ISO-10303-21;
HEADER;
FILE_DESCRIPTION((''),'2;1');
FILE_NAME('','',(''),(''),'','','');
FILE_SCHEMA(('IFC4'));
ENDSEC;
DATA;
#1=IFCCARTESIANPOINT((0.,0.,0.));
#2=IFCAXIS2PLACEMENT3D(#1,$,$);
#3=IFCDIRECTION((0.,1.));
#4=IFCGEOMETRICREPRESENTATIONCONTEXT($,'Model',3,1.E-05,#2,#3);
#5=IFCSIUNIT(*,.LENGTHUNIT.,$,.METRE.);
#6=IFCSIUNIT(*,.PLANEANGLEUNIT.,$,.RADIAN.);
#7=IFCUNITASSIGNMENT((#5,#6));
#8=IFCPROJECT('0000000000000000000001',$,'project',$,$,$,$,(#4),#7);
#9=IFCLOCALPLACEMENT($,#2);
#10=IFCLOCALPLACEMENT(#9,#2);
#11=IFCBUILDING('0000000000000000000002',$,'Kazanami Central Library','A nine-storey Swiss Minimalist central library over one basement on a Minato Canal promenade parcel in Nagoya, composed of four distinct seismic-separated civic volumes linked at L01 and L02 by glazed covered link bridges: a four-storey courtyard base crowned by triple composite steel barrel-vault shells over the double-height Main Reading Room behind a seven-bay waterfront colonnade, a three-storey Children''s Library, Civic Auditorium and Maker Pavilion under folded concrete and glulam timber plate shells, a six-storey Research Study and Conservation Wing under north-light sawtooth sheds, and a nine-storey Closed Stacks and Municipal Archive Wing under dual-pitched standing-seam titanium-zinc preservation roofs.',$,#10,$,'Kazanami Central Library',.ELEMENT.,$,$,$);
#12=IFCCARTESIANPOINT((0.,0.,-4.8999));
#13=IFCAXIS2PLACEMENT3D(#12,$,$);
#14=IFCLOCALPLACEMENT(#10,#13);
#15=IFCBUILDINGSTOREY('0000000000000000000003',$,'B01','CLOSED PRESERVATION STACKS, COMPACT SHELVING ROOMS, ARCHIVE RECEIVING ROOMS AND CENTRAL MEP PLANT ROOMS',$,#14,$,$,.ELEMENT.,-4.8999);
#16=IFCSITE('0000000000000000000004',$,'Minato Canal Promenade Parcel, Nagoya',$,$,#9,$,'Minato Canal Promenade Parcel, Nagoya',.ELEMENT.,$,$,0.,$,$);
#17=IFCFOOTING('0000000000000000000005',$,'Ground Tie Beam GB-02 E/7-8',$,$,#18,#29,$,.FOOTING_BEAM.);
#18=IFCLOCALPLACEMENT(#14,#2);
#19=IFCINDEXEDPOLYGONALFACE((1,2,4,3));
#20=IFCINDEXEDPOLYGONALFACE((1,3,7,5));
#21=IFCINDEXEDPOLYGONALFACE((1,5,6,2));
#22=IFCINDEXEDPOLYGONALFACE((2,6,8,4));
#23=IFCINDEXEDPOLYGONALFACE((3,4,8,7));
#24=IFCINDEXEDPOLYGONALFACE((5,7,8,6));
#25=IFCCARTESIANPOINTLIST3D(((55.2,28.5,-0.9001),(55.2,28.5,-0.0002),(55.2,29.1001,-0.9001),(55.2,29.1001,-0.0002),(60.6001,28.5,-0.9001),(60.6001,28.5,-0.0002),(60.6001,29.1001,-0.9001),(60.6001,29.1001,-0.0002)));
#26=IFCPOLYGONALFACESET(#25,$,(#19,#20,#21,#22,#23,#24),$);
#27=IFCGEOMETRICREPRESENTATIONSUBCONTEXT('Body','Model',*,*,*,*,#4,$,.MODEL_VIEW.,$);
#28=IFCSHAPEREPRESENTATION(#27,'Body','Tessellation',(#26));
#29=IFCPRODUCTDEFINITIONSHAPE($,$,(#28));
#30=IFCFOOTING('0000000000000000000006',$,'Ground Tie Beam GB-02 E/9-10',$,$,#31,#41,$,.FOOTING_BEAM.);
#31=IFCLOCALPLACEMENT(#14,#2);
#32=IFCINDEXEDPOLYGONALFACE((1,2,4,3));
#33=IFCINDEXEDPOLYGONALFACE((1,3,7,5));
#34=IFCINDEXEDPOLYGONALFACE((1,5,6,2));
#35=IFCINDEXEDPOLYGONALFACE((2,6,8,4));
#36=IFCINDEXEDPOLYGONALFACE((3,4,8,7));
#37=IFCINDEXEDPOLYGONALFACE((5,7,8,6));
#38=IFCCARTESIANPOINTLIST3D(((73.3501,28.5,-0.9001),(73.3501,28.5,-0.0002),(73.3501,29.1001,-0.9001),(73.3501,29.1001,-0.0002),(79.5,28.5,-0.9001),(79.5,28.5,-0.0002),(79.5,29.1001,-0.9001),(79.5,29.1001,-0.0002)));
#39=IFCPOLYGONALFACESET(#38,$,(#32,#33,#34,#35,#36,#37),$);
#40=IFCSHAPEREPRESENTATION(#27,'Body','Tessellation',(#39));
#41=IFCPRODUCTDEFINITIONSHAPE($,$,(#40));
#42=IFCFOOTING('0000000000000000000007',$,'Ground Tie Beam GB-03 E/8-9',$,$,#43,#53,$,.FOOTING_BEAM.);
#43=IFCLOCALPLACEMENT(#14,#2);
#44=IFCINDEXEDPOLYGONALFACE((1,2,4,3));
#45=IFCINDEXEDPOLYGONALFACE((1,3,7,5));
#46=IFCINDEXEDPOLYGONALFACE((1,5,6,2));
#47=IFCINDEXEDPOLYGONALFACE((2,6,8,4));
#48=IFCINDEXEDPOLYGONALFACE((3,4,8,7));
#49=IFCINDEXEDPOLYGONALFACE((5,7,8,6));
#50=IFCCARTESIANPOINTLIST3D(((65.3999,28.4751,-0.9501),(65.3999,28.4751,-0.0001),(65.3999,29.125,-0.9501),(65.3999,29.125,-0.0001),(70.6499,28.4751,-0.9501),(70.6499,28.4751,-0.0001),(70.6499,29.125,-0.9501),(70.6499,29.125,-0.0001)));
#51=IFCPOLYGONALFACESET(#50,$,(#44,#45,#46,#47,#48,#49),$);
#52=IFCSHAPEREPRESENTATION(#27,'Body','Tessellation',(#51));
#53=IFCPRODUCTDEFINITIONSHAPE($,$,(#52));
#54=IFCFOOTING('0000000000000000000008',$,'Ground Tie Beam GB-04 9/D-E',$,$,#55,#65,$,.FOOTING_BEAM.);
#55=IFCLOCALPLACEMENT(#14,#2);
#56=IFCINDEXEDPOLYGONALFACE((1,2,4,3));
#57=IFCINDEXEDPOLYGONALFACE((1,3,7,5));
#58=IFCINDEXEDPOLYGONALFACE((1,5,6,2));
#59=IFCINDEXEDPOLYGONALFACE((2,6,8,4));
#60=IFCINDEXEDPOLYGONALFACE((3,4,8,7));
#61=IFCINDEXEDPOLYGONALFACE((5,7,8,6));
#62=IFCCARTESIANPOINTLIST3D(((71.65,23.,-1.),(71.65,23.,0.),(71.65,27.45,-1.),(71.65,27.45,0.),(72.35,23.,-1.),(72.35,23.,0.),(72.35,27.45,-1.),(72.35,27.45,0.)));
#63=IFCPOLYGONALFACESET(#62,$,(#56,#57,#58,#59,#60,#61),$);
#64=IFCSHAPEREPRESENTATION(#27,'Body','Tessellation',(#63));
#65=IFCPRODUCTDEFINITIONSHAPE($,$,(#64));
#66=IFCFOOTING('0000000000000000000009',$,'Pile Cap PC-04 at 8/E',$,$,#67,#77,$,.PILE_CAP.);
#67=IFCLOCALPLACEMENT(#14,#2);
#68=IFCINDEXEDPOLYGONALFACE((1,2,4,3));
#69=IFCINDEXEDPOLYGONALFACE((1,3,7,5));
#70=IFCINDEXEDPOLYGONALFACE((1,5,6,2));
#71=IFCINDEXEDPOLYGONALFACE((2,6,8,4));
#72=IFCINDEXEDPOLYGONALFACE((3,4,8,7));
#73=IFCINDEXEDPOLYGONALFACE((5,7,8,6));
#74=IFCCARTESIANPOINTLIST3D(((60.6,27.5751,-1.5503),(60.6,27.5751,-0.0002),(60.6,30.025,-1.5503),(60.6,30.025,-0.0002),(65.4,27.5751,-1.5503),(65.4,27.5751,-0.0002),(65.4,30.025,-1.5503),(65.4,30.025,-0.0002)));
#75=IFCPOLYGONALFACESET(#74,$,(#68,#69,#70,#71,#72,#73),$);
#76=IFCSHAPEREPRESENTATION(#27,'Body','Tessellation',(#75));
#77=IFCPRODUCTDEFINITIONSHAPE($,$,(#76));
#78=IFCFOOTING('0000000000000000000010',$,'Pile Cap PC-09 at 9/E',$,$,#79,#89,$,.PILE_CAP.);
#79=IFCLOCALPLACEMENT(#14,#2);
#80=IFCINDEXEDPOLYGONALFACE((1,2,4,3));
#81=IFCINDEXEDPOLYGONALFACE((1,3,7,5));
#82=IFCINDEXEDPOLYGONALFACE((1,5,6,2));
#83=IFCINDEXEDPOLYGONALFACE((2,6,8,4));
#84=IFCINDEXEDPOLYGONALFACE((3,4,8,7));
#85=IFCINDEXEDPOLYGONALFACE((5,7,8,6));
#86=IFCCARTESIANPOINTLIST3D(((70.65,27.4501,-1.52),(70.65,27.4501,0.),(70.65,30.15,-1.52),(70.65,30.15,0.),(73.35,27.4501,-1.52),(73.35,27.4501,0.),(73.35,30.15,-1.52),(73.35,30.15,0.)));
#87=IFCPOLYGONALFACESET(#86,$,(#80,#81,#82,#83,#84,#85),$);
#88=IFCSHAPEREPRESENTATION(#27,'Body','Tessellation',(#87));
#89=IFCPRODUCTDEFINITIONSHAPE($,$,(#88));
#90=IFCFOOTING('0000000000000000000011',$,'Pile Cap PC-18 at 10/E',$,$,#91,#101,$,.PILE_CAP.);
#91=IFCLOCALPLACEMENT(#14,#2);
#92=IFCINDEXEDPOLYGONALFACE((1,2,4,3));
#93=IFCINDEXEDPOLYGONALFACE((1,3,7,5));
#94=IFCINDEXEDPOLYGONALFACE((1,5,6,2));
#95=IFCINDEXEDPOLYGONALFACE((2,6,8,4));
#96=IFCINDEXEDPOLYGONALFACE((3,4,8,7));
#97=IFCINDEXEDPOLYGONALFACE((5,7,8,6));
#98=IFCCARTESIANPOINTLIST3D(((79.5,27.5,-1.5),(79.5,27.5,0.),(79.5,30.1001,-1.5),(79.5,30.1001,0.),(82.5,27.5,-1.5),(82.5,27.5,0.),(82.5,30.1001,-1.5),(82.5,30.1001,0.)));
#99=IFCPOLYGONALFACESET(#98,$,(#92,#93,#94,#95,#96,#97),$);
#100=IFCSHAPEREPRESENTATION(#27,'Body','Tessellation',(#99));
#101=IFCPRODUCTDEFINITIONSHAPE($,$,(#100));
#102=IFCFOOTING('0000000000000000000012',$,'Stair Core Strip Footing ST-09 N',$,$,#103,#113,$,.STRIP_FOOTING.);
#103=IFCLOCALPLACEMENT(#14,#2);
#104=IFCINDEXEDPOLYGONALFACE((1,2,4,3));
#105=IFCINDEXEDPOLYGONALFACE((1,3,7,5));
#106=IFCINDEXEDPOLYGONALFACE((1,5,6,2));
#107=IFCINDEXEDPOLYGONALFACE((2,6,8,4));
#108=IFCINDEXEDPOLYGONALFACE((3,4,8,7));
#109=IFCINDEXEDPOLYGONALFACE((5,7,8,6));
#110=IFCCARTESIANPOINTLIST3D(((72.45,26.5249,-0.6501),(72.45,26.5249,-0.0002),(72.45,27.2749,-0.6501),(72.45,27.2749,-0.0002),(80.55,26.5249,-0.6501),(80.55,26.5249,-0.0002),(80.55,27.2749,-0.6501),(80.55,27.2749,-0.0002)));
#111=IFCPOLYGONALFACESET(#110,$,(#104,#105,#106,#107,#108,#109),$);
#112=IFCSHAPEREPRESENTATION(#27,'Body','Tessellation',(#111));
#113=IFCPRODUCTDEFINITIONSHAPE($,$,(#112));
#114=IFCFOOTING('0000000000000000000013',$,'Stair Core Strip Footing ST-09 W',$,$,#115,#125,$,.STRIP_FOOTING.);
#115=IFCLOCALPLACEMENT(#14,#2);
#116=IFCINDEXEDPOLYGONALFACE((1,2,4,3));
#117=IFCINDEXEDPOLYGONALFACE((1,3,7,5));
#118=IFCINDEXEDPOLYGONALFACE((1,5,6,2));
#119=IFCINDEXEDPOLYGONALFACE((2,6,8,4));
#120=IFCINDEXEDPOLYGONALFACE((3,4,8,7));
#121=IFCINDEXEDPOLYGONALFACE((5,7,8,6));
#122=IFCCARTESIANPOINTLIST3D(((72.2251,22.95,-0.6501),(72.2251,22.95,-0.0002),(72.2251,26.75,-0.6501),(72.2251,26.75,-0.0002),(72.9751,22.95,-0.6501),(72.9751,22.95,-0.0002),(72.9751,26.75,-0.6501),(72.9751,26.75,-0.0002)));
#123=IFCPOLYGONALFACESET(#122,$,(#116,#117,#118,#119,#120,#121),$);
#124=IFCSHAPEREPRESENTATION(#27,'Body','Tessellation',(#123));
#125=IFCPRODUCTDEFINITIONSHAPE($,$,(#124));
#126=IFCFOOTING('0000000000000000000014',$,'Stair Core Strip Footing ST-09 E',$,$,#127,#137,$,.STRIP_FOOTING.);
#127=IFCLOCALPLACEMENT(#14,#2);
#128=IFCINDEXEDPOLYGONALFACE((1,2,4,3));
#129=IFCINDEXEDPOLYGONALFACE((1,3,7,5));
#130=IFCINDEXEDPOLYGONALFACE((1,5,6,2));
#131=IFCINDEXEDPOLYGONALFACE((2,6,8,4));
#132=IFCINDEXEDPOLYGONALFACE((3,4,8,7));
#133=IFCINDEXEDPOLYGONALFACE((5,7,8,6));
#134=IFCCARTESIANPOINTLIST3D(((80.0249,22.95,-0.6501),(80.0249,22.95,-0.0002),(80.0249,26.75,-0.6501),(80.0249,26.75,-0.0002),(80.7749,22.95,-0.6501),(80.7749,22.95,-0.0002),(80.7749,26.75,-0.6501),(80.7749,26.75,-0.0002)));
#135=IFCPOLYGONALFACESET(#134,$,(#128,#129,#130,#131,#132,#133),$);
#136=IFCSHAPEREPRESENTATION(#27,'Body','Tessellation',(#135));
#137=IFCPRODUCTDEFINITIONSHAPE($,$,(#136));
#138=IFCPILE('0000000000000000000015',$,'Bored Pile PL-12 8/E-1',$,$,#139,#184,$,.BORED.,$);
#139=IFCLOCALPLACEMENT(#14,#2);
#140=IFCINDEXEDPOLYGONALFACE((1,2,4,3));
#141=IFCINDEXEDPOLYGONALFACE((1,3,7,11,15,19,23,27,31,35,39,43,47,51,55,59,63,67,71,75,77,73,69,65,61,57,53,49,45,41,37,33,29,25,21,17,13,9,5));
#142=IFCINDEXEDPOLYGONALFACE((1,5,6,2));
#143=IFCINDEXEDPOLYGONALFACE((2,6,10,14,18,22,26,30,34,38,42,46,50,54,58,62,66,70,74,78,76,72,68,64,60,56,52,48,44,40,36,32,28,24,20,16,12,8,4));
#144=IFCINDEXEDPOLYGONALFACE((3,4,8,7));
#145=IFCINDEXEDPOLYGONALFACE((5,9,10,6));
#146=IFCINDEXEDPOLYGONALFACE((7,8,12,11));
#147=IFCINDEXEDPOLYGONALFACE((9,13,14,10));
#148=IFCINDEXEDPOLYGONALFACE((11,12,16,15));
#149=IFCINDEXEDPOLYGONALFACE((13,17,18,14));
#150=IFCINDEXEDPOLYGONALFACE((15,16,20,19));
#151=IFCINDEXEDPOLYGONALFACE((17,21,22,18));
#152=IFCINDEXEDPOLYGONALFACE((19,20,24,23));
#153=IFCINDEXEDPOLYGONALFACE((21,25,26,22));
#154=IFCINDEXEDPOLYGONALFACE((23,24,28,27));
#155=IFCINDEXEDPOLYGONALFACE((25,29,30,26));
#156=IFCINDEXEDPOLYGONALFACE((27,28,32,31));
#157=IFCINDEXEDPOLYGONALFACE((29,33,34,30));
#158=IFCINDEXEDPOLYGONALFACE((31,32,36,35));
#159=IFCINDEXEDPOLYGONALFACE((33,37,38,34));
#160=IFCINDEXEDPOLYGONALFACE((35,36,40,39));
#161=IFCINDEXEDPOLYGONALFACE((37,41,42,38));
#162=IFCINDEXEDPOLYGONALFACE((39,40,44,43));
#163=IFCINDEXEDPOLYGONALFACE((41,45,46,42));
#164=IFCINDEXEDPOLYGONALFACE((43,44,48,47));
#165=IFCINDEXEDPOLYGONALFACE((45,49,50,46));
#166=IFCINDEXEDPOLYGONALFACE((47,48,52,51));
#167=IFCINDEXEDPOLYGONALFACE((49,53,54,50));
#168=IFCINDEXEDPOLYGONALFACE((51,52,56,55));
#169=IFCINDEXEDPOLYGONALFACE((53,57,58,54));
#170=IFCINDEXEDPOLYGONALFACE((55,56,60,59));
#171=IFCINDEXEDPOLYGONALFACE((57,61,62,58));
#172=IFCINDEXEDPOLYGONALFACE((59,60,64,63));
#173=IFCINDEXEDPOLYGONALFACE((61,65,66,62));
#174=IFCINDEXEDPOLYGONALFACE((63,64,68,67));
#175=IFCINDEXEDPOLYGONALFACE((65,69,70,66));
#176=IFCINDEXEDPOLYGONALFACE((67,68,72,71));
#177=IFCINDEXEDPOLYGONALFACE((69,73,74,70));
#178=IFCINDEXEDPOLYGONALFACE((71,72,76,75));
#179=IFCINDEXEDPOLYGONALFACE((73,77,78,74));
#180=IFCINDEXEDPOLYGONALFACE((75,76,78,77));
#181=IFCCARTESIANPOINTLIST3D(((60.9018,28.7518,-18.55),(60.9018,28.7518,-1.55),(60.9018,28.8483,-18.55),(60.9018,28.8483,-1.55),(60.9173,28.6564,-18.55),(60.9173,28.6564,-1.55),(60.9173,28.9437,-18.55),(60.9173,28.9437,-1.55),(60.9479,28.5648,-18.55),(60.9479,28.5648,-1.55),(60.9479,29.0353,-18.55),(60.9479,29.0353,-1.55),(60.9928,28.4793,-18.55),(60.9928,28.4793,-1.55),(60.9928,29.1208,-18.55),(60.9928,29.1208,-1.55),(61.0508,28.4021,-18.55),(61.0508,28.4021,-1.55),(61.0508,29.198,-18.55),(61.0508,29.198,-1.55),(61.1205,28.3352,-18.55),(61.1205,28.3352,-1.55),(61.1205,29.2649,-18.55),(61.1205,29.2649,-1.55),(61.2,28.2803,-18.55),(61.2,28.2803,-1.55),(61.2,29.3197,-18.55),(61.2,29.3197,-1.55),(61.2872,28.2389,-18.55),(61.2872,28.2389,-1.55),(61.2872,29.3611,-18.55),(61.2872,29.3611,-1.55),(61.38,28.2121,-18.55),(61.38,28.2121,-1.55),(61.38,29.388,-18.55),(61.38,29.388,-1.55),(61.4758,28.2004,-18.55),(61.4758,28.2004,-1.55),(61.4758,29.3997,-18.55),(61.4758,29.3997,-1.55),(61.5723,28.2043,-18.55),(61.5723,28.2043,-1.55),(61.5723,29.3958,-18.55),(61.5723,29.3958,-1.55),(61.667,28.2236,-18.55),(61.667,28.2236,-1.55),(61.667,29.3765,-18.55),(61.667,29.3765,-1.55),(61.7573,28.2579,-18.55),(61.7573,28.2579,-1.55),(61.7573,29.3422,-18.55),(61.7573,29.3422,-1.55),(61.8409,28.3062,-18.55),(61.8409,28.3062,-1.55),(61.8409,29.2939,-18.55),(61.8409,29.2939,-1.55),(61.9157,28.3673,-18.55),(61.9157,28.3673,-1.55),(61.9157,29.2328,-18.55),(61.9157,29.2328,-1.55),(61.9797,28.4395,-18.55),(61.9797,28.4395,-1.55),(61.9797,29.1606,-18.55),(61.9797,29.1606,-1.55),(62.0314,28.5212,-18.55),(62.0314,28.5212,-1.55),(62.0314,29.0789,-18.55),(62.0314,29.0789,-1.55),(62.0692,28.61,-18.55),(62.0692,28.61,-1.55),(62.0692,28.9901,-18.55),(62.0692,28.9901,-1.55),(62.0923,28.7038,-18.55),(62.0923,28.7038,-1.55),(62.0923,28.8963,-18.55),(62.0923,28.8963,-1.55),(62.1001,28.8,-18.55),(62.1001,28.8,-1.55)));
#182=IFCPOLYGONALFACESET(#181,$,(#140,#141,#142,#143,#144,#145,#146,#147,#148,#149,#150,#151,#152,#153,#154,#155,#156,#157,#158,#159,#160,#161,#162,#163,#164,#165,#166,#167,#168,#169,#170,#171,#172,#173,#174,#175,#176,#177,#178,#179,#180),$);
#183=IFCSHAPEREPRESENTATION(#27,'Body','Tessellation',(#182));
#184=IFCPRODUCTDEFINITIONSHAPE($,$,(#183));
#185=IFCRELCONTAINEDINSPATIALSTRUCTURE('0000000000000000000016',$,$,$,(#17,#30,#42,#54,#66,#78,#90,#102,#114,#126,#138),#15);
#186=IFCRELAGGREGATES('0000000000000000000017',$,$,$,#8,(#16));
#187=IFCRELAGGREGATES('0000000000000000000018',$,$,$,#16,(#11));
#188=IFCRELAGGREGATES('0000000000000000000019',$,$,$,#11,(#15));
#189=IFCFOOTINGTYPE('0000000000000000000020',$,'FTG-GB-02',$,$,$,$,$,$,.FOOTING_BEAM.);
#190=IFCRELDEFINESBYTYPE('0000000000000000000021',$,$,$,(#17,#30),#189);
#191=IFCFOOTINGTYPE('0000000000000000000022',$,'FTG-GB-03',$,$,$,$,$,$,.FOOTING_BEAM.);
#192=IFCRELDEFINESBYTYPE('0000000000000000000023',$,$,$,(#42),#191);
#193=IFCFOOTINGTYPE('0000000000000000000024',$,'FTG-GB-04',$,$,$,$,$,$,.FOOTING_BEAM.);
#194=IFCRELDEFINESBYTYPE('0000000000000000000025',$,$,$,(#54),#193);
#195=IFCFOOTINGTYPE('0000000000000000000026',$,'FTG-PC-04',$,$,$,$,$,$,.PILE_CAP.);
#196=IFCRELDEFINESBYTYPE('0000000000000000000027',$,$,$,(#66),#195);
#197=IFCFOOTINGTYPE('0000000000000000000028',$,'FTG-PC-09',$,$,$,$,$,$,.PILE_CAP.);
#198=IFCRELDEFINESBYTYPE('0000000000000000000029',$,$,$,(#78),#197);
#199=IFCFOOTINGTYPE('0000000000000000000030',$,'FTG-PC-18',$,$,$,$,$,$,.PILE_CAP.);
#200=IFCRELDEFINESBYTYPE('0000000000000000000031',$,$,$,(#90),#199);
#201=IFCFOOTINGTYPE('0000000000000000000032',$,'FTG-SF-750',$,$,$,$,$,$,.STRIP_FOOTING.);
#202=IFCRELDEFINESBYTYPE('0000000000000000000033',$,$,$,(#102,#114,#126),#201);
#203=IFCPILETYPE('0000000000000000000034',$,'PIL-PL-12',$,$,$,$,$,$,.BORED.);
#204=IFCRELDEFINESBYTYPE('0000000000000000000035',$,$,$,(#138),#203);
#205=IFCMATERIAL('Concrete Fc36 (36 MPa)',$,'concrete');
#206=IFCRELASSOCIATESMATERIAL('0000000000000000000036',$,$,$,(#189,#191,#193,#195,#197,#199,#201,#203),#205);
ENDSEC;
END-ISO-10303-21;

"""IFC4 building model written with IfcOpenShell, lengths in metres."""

from ifc_helpers import new_model, si_unit, direction, frame, origin, origin_2d, place, context, subcontext, project, spatial, rectangle, circle, extrude, material, material_profile, profile_set, type_object, element, save


model = new_model("IFC4")

# Units and contexts
model_context = context("Model", 3, precision=1e-05, world=origin(), true_north=direction((0.0, 1.0)))
body_context = subcontext(model_context, "Body", "Model", "MODEL_VIEW")
ifc_project = project(units=[si_unit("LENGTHUNIT", "METRE"), si_unit("PLANEANGLEUNIT", "RADIAN")], contexts=[model_context])

# Site, building, storey
site_placement = place(None, origin())
site = spatial("IfcSite", under=ifc_project, at=site_placement, Name="Minato Canal Promenade Parcel, Nagoya", LongName="Minato Canal Promenade Parcel, Nagoya", CompositionType="ELEMENT", RefElevation=0.0)
building_placement = place(site_placement, origin())
building = spatial("IfcBuilding", under=site, at=building_placement, Name="Kazanami Central Library", Description="A nine-storey Swiss Minimalist central library over one basement on a Minato Canal promenade parcel in Nagoya, composed of four distinct seismic-separated civic volumes linked at L01 and L02 by glazed covered link bridges: a four-storey courtyard base crowned by triple composite steel barrel-vault shells over the double-height Main Reading Room behind a seven-bay waterfront colonnade, a three-storey Children's Library, Civic Auditorium and Maker Pavilion under folded concrete and glulam timber plate shells, a six-storey Research Study and Conservation Wing under north-light sawtooth sheds, and a nine-storey Closed Stacks and Municipal Archive Wing under dual-pitched standing-seam titanium-zinc preservation roofs.", LongName="Kazanami Central Library", CompositionType="ELEMENT")
storey_placement = place(building_placement, frame((0.0, 0.0, -4.8999)))
storey = spatial("IfcBuildingStorey", under=building, at=storey_placement, Name="B01", Description="CLOSED PRESERVATION STACKS, COMPACT SHELVING ROOMS, ARCHIVE RECEIVING ROOMS AND CENTRAL MEP PLANT ROOMS", CompositionType="ELEMENT", Elevation=-4.8999)

# Footings
ifc_material_1 = material(Name="Concrete Fc36 (36 MPa)", Category="concrete")
ifc_material_profile_1 = material_profile(ifc_material_1, rectangle(XDim=0.6001, YDim=0.8999, at=origin_2d()), Name="RC-600x900")
ifc_profile_set_1 = profile_set([ifc_material_profile_1], Name="Concrete Fc36 (36 MPa)")
footing_type_1 = type_object("IfcFootingType", Name="FTG-GB-02", PredefinedType="FOOTING_BEAM", material=ifc_profile_set_1)
footing_1_placement = place(storey_placement, frame((55.2, 28.8, -0.4502), z_axis=(1.0, 0.0, 0.0), x_axis=(0.0, 1.0, 0.0)))
element("IfcFooting", 1, at=footing_1_placement, inside=storey, type_object=footing_type_1, Name="Ground Tie Beam GB-02 E/7-8", PredefinedType="FOOTING_BEAM", context=body_context, shape_type="SweptSolid", body=[
    extrude(rectangle(XDim=0.6001, YDim=0.8999, at=origin_2d()), origin(), (0.0, 0.0, 1.0), 5.4001),
])
footing_2_placement = place(storey_placement, frame((73.3501, 28.8, -0.4502), z_axis=(1.0, 0.0, 0.0), x_axis=(0.0, 1.0, 0.0)))
element("IfcFooting", 2, at=footing_2_placement, inside=storey, type_object=footing_type_1, Name="Ground Tie Beam GB-02 E/9-10", PredefinedType="FOOTING_BEAM", context=body_context, shape_type="SweptSolid", body=[
    extrude(rectangle(XDim=0.6001, YDim=0.8999, at=origin_2d()), origin(), (0.0, 0.0, 1.0), 6.1499),
])
ifc_material_profile_2 = material_profile(ifc_material_1, rectangle(XDim=0.6499, YDim=0.95, at=origin_2d()), Name="RC-650x950")
ifc_profile_set_2 = profile_set([ifc_material_profile_2], Name="Concrete Fc36 (36 MPa)")
footing_type_2 = type_object("IfcFootingType", Name="FTG-GB-03", PredefinedType="FOOTING_BEAM", material=ifc_profile_set_2)
footing_3_placement = place(storey_placement, frame((65.3999, 28.8, -0.4751), z_axis=(1.0, 0.0, 0.0), x_axis=(0.0, 1.0, 0.0)))
element("IfcFooting", 3, at=footing_3_placement, inside=storey, type_object=footing_type_2, Name="Ground Tie Beam GB-03 E/8-9", PredefinedType="FOOTING_BEAM", context=body_context, shape_type="SweptSolid", body=[
    extrude(rectangle(XDim=0.6499, YDim=0.95, at=origin_2d()), origin(), (0.0, 0.0, 1.0), 5.25),
])
ifc_material_profile_3 = material_profile(ifc_material_1, rectangle(XDim=0.7, YDim=1.0, at=origin_2d()), Name="RC-700x1000")
ifc_profile_set_3 = profile_set([ifc_material_profile_3], Name="Concrete Fc36 (36 MPa)")
footing_type_3 = type_object("IfcFootingType", Name="FTG-GB-04", PredefinedType="FOOTING_BEAM", material=ifc_profile_set_3)
footing_4_placement = place(storey_placement, frame((72.0, 23.0, -0.5), z_axis=(0.0, 1.0, 0.0), x_axis=(-1.0, 0.0, 0.0)))
element("IfcFooting", 4, at=footing_4_placement, inside=storey, type_object=footing_type_3, Name="Ground Tie Beam GB-04 9/D-E", PredefinedType="FOOTING_BEAM", context=body_context, shape_type="SweptSolid", body=[
    extrude(rectangle(XDim=0.7, YDim=1.0, at=origin_2d()), origin(), (0.0, 0.0, 1.0), 4.45),
])
footing_type_4 = type_object("IfcFootingType", Name="FTG-PC-04", PredefinedType="PILE_CAP", material=ifc_material_1)
footing_5_placement = place(storey_placement, frame((63.0, 28.8, -1.5503), z_axis=(0.0, 0.0, 1.0), x_axis=(1.0, 0.0, 0.0)))
element("IfcFooting", 5, at=footing_5_placement, inside=storey, type_object=footing_type_4, Name="Pile Cap PC-04 at 8/E", PredefinedType="PILE_CAP", context=body_context, shape_type="SweptSolid", body=[
    extrude(rectangle(XDim=4.8, YDim=2.45, at=origin_2d()), origin(), (0.0, 0.0, 1.0), 1.55),
])
footing_type_5 = type_object("IfcFootingType", Name="FTG-PC-09", PredefinedType="PILE_CAP", material=ifc_material_1)
footing_6_placement = place(storey_placement, frame((72.0, 28.8, -1.52), z_axis=(0.0, 0.0, 1.0), x_axis=(1.0, 0.0, 0.0)))
element("IfcFooting", 6, at=footing_6_placement, inside=storey, type_object=footing_type_5, Name="Pile Cap PC-09 at 9/E", PredefinedType="PILE_CAP", context=body_context, shape_type="SweptSolid", body=[
    extrude(rectangle(XDim=2.7, YDim=2.7, at=origin_2d()), origin(), (0.0, 0.0, 1.0), 1.52),
])
footing_type_6 = type_object("IfcFootingType", Name="FTG-PC-18", PredefinedType="PILE_CAP", material=ifc_material_1)
footing_7_placement = place(storey_placement, frame((81.0, 28.8, -1.5), z_axis=(0.0, 0.0, 1.0), x_axis=(1.0, 0.0, 0.0)))
element("IfcFooting", 7, at=footing_7_placement, inside=storey, type_object=footing_type_6, Name="Pile Cap PC-18 at 10/E", PredefinedType="PILE_CAP", context=body_context, shape_type="SweptSolid", body=[
    extrude(rectangle(XDim=3.0, YDim=2.6001, at=origin_2d()), origin(), (0.0, 0.0, 1.0), 1.5),
])
ifc_material_profile_4 = material_profile(ifc_material_1, rectangle(XDim=0.75, YDim=0.6499, at=origin_2d()), Name="RC-750x650")
ifc_profile_set_4 = profile_set([ifc_material_profile_4], Name="Concrete Fc36 (36 MPa)")
footing_type_7 = type_object("IfcFootingType", Name="FTG-SF-750", PredefinedType="STRIP_FOOTING", material=ifc_profile_set_4)
footing_8_placement = place(storey_placement, frame((72.45, 26.8999, -0.3252), z_axis=(1.0, 0.0, 0.0), x_axis=(0.0, 1.0, 0.0)))
element("IfcFooting", 8, at=footing_8_placement, inside=storey, type_object=footing_type_7, Name="Stair Core Strip Footing ST-09 N", PredefinedType="STRIP_FOOTING", context=body_context, shape_type="SweptSolid", body=[
    extrude(rectangle(XDim=0.75, YDim=0.6499, at=origin_2d()), origin(), (0.0, 0.0, 1.0), 8.1001),
])
for number, where, z_axis, x_axis, name in (
    (9, (72.6001, 22.95, -0.3252), (0.0, 1.0, 0.0), (-1.0, 0.0, 0.0), "Stair Core Strip Footing ST-09 W"),
    (10, (80.3999, 22.95, -0.3252), (0.0, 1.0, 0.0), (-1.0, 0.0, 0.0), "Stair Core Strip Footing ST-09 E"),
):
    element("IfcFooting", number, at=place(storey_placement, frame(where, z_axis=z_axis, x_axis=x_axis)), inside=storey, type_object=footing_type_7, Name=name, PredefinedType="STRIP_FOOTING", context=body_context, shape_type="SweptSolid", body=[
        extrude(rectangle(XDim=0.75, YDim=0.6499, at=origin_2d()), origin(), (0.0, 0.0, 1.0), 3.8),
    ])

# Pile
ifc_material_profile_5 = material_profile(ifc_material_1, circle(Radius=0.6001, at=origin_2d()), Name="BORED-D1200")
ifc_profile_set_5 = profile_set([ifc_material_profile_5], Name="Concrete Fc36 (36 MPa)")
pile_type_1 = type_object("IfcPileType", Name="PIL-PL-12", PredefinedType="BORED", material=ifc_profile_set_5)
for number, where, z_axis, x_axis, name in (
    (11, (61.5, 28.8, -1.55), (0.0, 0.0, -1.0), (1.0, 0.0, 0.0), "Bored Pile PL-12 8/E-1"),
):
    element("IfcPile", number, at=place(storey_placement, frame(where, z_axis=z_axis, x_axis=x_axis)), inside=storey, type_object=pile_type_1, Name=name, PredefinedType="BORED", context=body_context, shape_type="SweptSolid", body=[
        extrude(circle(Radius=0.6001, at=origin_2d()), origin(), (0.0, 0.0, 1.0), 17.0),
    ])

save(model, "model.ifc")
